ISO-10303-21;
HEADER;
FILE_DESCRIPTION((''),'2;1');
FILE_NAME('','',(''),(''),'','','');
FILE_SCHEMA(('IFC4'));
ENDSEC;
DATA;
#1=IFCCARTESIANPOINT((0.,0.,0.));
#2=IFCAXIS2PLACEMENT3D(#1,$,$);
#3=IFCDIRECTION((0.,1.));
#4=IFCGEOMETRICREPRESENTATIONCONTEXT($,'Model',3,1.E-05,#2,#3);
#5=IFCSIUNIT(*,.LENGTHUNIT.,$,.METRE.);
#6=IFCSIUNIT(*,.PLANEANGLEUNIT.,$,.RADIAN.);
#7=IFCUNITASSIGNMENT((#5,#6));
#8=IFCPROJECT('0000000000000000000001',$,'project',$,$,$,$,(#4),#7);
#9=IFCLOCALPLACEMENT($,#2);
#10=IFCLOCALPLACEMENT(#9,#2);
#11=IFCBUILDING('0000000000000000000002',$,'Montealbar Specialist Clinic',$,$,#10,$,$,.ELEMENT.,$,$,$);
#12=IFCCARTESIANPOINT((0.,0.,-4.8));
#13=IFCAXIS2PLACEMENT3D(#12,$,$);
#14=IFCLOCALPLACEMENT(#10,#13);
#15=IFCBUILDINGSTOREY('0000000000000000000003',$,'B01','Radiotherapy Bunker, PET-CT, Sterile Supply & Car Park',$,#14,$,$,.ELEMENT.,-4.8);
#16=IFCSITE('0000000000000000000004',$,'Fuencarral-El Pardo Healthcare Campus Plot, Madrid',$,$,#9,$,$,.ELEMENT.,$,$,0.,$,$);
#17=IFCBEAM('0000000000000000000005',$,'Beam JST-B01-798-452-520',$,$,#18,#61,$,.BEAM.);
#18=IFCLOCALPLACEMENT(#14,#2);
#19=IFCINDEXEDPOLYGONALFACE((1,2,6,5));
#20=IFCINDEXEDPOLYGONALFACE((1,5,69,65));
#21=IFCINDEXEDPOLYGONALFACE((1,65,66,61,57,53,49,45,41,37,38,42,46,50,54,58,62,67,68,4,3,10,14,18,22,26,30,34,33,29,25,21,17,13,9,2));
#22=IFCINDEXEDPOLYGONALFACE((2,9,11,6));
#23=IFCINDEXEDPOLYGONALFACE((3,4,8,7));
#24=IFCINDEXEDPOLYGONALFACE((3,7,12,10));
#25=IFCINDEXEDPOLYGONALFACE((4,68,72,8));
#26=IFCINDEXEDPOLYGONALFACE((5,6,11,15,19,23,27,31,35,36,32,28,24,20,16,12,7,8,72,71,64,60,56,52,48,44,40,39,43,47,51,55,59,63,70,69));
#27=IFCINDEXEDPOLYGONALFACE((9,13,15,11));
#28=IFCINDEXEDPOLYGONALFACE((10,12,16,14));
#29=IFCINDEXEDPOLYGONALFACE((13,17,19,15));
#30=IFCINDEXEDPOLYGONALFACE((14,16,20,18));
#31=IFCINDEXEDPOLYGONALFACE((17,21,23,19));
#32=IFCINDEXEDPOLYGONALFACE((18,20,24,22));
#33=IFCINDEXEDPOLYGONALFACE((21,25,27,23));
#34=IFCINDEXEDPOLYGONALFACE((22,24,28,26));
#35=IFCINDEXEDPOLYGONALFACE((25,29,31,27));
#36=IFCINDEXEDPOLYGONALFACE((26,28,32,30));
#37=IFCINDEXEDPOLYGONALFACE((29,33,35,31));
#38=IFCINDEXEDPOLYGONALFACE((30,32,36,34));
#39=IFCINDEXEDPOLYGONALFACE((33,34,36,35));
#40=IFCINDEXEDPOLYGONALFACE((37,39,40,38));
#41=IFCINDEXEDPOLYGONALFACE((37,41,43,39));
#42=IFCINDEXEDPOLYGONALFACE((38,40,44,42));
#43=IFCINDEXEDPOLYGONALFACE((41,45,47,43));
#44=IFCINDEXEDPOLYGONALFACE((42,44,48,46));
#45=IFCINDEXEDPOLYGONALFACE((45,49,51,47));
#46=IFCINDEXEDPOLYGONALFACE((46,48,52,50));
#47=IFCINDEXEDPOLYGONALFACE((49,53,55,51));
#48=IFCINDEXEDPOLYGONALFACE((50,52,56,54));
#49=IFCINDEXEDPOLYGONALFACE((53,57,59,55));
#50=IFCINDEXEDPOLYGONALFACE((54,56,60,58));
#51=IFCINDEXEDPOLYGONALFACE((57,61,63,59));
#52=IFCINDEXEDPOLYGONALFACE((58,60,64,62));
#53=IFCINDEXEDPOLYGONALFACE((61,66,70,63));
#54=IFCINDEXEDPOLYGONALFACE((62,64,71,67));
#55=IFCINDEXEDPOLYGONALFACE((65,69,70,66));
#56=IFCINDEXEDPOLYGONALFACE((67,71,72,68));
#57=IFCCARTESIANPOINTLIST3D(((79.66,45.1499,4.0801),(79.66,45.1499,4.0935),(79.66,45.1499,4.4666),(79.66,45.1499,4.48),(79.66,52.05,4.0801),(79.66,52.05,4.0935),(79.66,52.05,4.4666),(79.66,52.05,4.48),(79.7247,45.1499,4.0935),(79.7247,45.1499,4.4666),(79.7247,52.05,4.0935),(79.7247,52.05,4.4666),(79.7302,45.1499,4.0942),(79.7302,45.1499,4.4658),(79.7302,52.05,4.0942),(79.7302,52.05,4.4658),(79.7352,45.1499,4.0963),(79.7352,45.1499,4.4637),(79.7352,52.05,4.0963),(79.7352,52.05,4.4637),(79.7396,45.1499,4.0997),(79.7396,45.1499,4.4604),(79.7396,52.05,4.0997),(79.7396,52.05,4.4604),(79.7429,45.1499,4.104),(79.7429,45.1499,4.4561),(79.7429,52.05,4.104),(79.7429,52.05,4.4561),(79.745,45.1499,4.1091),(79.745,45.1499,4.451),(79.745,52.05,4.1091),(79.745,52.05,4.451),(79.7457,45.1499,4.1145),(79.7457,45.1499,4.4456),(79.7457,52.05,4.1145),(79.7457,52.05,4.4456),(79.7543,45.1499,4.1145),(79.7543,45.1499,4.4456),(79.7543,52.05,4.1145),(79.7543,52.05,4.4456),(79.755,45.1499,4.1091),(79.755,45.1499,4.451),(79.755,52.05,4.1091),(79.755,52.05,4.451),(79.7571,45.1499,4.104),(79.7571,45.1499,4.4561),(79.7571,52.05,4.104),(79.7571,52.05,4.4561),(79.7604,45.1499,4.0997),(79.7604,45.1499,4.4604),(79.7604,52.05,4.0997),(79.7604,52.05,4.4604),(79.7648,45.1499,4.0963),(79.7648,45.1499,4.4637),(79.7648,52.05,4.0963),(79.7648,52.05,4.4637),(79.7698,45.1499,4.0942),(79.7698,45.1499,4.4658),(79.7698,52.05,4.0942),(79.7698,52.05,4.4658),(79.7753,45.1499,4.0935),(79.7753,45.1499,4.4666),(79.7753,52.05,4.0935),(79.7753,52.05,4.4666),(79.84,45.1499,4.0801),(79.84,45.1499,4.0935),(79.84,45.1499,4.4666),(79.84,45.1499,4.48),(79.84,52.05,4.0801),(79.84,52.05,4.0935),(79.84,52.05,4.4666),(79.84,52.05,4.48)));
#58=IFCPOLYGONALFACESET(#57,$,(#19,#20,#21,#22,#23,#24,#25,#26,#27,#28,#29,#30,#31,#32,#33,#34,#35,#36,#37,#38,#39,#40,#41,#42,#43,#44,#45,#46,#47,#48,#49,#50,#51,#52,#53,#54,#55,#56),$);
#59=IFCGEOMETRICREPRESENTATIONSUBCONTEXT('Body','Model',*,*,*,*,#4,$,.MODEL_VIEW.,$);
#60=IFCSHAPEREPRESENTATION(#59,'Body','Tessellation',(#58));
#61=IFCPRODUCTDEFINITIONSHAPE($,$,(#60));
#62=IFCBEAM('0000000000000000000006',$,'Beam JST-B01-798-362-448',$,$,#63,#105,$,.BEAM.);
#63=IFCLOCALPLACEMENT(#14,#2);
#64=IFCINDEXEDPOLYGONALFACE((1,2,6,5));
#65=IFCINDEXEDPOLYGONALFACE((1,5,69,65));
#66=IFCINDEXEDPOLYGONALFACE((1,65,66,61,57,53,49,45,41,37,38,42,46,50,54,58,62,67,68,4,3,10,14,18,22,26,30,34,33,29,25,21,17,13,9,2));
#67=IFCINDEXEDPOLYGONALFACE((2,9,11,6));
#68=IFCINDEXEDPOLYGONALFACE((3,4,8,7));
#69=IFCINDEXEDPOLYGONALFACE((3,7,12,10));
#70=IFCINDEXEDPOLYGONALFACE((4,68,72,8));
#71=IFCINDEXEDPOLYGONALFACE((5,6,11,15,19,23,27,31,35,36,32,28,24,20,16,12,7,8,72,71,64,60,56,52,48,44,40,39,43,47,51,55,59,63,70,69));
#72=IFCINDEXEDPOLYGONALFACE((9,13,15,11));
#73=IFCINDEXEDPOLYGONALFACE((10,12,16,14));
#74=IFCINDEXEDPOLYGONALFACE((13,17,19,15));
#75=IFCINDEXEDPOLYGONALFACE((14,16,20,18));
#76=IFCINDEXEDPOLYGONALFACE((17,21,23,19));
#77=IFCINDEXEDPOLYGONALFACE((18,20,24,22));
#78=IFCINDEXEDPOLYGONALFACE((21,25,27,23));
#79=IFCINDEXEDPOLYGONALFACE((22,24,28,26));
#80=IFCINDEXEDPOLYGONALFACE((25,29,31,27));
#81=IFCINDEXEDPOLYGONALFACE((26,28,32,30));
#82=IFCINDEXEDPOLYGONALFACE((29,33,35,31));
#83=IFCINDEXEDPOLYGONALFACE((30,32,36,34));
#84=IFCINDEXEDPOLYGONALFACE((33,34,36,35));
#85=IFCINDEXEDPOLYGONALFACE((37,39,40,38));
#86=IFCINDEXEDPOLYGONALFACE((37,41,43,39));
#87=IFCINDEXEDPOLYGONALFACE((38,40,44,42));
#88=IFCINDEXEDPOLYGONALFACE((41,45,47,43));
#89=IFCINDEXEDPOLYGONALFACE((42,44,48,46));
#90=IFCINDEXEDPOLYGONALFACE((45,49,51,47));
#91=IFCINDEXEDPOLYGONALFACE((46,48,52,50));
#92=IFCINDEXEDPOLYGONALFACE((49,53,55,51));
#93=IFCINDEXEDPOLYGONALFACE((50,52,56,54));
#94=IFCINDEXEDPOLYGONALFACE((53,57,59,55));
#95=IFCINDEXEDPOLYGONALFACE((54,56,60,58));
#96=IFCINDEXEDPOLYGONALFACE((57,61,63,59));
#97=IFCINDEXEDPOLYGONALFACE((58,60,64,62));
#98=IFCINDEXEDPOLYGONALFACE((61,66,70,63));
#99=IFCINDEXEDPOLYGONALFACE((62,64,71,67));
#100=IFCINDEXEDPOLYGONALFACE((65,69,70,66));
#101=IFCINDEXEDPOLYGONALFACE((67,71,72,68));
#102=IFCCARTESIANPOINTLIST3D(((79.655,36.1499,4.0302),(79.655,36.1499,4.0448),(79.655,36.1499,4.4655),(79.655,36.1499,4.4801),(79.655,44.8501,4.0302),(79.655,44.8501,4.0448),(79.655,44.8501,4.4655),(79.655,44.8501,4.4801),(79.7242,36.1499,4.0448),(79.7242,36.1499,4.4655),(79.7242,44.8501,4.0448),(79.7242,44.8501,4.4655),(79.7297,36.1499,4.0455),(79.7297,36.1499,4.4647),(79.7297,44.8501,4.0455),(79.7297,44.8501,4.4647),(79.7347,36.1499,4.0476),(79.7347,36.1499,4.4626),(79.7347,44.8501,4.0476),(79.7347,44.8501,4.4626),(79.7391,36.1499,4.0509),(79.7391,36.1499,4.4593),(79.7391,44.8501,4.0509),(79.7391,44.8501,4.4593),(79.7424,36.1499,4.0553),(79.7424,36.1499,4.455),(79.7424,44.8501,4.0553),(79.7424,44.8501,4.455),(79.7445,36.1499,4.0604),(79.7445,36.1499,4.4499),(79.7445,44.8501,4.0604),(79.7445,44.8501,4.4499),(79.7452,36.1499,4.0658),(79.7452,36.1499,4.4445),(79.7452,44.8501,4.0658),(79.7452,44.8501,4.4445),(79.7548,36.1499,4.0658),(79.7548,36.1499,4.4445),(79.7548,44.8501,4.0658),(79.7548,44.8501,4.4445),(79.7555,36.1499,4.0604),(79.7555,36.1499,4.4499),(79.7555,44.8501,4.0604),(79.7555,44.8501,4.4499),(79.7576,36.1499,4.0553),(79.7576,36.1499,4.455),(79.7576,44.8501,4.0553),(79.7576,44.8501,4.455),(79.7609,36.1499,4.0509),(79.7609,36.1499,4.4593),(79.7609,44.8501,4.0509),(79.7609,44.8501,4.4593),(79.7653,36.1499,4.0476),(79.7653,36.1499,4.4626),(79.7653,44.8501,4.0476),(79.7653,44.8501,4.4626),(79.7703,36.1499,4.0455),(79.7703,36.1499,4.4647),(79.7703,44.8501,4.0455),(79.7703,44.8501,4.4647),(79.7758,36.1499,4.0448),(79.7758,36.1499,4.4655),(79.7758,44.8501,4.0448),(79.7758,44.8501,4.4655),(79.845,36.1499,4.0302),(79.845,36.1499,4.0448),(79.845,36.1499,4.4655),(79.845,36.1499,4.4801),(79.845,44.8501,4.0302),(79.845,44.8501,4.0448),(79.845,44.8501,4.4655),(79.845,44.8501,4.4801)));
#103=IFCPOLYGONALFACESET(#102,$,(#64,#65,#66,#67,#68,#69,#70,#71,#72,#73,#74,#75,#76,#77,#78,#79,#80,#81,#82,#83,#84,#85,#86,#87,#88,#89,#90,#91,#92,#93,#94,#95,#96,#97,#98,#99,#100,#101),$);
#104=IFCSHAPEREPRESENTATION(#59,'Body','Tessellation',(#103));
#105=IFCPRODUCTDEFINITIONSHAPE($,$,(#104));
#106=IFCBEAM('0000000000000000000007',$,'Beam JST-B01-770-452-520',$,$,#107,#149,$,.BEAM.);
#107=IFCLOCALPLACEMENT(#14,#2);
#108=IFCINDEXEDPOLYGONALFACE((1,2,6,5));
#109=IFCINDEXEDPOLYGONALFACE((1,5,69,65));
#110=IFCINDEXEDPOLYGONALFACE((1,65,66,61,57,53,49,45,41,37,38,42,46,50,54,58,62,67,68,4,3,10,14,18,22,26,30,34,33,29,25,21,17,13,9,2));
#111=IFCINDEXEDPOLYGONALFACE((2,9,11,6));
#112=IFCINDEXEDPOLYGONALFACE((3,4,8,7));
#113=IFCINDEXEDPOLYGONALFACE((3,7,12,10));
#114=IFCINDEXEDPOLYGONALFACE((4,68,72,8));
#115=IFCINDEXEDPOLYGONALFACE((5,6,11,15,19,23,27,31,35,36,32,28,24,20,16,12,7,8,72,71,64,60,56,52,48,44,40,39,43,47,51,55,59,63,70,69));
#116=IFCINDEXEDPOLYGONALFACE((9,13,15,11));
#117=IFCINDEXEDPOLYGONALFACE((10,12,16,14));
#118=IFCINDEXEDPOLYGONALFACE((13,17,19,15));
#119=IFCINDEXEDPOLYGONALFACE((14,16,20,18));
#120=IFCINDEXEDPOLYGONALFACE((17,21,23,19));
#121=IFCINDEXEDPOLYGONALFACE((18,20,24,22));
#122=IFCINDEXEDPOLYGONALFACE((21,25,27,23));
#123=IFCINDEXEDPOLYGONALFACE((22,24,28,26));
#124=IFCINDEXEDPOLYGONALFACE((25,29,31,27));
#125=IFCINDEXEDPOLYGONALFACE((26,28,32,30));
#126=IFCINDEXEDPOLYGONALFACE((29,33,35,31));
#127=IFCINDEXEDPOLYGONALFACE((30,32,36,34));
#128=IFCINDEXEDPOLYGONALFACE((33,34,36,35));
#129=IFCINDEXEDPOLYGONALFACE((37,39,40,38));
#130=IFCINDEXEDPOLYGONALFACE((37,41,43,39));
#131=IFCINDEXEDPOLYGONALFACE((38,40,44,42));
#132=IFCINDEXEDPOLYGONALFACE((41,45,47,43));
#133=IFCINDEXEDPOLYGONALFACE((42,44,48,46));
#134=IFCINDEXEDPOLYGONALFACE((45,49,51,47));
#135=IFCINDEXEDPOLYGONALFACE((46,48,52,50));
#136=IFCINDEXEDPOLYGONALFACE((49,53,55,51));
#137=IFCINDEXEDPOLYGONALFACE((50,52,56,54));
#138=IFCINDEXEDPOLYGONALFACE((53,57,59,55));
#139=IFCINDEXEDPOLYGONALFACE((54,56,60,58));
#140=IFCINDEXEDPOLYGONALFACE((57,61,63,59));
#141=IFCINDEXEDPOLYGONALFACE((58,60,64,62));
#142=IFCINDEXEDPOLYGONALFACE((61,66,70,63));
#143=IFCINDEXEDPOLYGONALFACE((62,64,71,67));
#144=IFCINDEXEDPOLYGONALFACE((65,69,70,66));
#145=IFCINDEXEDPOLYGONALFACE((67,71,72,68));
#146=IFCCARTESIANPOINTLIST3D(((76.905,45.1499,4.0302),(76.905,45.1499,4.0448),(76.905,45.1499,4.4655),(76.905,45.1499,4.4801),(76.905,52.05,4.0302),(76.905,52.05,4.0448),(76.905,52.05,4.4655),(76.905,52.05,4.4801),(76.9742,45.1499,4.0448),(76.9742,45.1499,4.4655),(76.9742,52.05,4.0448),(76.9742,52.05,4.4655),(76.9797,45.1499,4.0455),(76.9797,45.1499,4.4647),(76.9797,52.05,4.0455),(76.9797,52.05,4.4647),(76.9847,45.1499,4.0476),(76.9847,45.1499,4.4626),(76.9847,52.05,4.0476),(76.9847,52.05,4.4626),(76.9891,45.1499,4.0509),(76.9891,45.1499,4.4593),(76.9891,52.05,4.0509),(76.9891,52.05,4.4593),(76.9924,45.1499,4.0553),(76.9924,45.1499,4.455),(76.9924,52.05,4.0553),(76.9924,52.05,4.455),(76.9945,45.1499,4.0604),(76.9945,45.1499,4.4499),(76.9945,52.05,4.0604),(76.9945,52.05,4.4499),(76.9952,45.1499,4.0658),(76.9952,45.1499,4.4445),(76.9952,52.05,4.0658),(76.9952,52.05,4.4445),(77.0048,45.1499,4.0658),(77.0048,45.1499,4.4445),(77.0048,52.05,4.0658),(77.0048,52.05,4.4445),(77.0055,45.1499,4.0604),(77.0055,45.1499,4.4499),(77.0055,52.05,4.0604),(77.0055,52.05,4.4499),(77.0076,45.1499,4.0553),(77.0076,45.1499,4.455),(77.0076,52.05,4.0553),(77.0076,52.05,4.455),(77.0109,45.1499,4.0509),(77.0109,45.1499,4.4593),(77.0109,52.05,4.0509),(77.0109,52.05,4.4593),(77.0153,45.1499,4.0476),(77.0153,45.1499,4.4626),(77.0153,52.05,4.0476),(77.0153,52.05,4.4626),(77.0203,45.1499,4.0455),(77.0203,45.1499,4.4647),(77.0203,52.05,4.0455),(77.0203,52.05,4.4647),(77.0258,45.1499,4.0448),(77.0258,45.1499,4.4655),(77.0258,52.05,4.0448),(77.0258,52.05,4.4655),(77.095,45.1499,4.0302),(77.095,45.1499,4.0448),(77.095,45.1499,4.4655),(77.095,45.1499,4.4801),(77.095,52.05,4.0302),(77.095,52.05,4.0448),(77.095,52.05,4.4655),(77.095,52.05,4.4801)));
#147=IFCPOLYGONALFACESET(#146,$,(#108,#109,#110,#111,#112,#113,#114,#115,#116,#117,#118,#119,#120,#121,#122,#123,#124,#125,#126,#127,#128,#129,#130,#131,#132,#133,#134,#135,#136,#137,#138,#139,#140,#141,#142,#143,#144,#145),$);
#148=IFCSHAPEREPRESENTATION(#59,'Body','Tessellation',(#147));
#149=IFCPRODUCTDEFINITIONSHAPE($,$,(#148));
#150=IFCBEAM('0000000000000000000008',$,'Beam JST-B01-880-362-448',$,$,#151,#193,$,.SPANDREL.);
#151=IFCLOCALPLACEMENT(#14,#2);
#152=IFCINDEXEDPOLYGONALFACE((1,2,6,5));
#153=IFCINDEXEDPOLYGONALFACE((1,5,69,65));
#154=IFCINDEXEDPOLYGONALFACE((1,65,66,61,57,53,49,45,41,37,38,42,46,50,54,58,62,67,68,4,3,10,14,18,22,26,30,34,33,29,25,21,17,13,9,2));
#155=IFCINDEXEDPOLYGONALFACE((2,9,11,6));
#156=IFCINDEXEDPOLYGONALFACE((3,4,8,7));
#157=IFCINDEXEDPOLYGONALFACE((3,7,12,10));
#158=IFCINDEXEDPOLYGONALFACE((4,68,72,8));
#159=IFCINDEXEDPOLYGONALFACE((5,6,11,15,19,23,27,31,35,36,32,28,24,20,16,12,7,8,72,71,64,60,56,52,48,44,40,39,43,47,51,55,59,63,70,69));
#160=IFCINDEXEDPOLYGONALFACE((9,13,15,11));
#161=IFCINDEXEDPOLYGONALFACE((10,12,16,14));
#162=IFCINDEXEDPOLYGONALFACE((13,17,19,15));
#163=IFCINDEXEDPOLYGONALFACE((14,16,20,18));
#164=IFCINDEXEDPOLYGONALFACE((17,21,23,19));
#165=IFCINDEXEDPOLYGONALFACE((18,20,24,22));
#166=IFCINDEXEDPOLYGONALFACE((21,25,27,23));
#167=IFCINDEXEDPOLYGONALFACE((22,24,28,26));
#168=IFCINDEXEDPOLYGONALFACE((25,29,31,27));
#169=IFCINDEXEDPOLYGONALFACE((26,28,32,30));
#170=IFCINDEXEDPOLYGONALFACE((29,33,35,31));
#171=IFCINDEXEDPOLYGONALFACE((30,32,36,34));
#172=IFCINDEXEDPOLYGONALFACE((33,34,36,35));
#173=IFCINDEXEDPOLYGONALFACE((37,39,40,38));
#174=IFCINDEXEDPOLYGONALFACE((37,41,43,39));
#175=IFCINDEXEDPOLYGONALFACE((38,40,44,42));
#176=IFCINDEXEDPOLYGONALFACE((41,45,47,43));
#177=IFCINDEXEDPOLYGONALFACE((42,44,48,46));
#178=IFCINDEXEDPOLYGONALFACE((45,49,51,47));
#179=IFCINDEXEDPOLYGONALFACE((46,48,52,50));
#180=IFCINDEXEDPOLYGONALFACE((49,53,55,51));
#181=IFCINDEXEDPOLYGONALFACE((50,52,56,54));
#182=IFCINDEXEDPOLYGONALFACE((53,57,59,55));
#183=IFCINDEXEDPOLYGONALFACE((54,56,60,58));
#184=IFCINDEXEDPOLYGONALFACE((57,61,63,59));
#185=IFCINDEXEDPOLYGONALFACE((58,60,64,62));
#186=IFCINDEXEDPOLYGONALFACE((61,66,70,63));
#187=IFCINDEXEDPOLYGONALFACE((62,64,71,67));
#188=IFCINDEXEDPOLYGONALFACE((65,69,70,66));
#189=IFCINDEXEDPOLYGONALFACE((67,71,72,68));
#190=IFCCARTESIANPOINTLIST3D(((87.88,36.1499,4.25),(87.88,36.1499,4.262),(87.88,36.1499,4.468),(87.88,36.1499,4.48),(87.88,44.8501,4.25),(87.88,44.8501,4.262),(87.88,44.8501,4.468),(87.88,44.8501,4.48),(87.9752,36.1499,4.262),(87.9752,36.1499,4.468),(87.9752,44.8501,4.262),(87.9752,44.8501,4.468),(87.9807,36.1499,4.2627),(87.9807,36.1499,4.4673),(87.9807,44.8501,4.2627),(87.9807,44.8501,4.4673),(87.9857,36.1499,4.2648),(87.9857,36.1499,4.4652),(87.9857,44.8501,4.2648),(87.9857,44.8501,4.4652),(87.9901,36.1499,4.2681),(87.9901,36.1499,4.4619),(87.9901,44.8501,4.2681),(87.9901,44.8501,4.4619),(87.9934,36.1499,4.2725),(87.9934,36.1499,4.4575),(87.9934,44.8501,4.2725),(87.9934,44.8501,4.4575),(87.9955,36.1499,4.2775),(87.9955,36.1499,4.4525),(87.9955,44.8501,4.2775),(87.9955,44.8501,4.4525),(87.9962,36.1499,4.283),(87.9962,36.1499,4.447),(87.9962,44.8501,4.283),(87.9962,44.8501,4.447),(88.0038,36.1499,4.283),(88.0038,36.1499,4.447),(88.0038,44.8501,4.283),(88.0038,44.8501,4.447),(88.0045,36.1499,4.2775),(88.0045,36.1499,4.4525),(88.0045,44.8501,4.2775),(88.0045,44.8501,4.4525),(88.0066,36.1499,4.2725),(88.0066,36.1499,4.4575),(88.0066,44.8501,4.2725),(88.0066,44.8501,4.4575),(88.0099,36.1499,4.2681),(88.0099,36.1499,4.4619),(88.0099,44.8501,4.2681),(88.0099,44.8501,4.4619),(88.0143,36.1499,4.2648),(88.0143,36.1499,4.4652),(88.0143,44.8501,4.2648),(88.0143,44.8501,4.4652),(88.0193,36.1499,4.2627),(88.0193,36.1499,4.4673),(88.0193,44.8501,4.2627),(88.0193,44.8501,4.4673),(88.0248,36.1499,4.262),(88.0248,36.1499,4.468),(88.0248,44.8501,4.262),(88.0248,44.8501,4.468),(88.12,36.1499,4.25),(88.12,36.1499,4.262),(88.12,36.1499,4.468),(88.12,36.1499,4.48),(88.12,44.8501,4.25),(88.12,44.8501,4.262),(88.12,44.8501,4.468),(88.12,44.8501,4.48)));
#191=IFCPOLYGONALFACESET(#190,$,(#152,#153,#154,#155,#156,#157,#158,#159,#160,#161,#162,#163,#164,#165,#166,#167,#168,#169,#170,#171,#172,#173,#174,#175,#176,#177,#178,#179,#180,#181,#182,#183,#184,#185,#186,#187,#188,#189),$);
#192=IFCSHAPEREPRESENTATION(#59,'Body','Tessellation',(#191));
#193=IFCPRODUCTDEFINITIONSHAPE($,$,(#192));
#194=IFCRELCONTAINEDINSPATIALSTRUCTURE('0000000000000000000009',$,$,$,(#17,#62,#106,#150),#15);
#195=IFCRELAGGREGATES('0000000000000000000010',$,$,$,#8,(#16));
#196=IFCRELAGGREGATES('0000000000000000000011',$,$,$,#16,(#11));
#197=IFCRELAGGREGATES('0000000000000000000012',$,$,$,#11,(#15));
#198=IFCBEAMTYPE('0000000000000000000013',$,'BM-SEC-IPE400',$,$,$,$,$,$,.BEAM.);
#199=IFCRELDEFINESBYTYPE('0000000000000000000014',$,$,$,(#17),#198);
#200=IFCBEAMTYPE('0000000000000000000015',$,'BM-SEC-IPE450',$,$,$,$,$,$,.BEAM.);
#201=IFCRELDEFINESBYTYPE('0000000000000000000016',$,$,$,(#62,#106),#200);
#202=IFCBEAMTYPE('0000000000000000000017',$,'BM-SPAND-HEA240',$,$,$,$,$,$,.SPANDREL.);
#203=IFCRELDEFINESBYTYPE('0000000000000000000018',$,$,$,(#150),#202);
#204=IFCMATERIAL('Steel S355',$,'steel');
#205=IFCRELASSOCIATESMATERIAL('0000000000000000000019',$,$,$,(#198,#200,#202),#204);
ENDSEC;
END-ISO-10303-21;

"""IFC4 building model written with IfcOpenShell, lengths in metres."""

from ifc_helpers import new_model, si_unit, direction, frame, origin, origin_2d, place, context, subcontext, project, spatial, i_section, extrude, material, material_profile, profile_set, type_object, element, save


model = new_model("IFC4")

# Units and contexts
model_context = context("Model", 3, precision=1e-05, world=origin(), true_north=direction((0.0, 1.0)))
body_context = subcontext(model_context, "Body", "Model", "MODEL_VIEW")
ifc_project = project(units=[si_unit("LENGTHUNIT", "METRE"), si_unit("PLANEANGLEUNIT", "RADIAN")], contexts=[model_context])

# Site, building, storey
site_placement = place(None, origin())
site = spatial("IfcSite", under=ifc_project, at=site_placement, Name="Fuencarral-El Pardo Healthcare Campus Plot, Madrid", CompositionType="ELEMENT", RefElevation=0.0)
building_placement = place(site_placement, origin())
building = spatial("IfcBuilding", under=site, at=building_placement, Name="Montealbar Specialist Clinic", CompositionType="ELEMENT")
storey_placement = place(building_placement, frame((0.0, 0.0, -4.8)))
storey = spatial("IfcBuildingStorey", under=building, at=storey_placement, Name="B01", Description="Radiotherapy Bunker, PET-CT, Sterile Supply & Car Park", CompositionType="ELEMENT", Elevation=-4.8)

# Shared definitions
ifc_material_1 = material(Name="Steel S355", Category="steel")

# Beams
ifc_material_profile_1 = material_profile(ifc_material_1, i_section(OverallWidth=0.1799, OverallDepth=0.3999, WebThickness=0.0085, FlangeThickness=0.0134, FilletRadius=0.021, at=origin_2d()), Name="IPE 400", Category="steel")
ifc_profile_set_1 = profile_set([ifc_material_profile_1], Name="Steel S355")
beam_type_1 = type_object("IfcBeamType", Name="BM-SEC-IPE400", PredefinedType="BEAM", material=ifc_profile_set_1)
beam_1_placement = place(storey_placement, frame((79.75, 45.1499, 4.28), z_axis=(0.0, 1.0, 0.0), x_axis=(-1.0, 0.0, 0.0)))
element("IfcBeam", 1, at=beam_1_placement, inside=storey, type_object=beam_type_1, Name="Beam JST-B01-798-452-520", PredefinedType="BEAM", context=body_context, shape_type="SweptSolid", body=[
    extrude(i_section(OverallWidth=0.1799, OverallDepth=0.3999, WebThickness=0.0085, FlangeThickness=0.0134, FilletRadius=0.021, at=origin_2d()), origin(), (0.0, 0.0, 1.0), 6.9001),
])
ifc_material_profile_2 = material_profile(ifc_material_1, i_section(OverallWidth=0.1899, OverallDepth=0.45, WebThickness=0.0095, FlangeThickness=0.0146, FilletRadius=0.021, at=origin_2d()), Name="IPE 450", Category="steel")
ifc_profile_set_2 = profile_set([ifc_material_profile_2], Name="Steel S355")
beam_type_2 = type_object("IfcBeamType", Name="BM-SEC-IPE450", PredefinedType="BEAM", material=ifc_profile_set_2)
beam_2_placement = place(storey_placement, frame((79.75, 36.1499, 4.2551), z_axis=(0.0, 1.0, 0.0), x_axis=(-1.0, 0.0, 0.0)))
element("IfcBeam", 2, at=beam_2_placement, inside=storey, type_object=beam_type_2, Name="Beam JST-B01-798-362-448", PredefinedType="BEAM", context=body_context, shape_type="SweptSolid", body=[
    extrude(i_section(OverallWidth=0.1899, OverallDepth=0.45, WebThickness=0.0095, FlangeThickness=0.0146, FilletRadius=0.021, at=origin_2d()), origin(), (0.0, 0.0, 1.0), 8.7002),
])
beam_3_placement = place(storey_placement, frame((77.0, 45.1499, 4.2551), z_axis=(0.0, 1.0, 0.0), x_axis=(-1.0, 0.0, 0.0)))
element("IfcBeam", 3, at=beam_3_placement, inside=storey, type_object=beam_type_2, Name="Beam JST-B01-770-452-520", PredefinedType="BEAM", context=body_context, shape_type="SweptSolid", body=[
    extrude(i_section(OverallWidth=0.1899, OverallDepth=0.45, WebThickness=0.0095, FlangeThickness=0.0146, FilletRadius=0.021, at=origin_2d()), origin(), (0.0, 0.0, 1.0), 6.9001),
])
ifc_material_profile_3 = material_profile(ifc_material_1, i_section(OverallWidth=0.24, OverallDepth=0.23, WebThickness=0.0076, FlangeThickness=0.012, FilletRadius=0.021, at=origin_2d()), Name="HEA 240", Category="steel")
ifc_profile_set_3 = profile_set([ifc_material_profile_3], Name="Steel S355")
beam_type_3 = type_object("IfcBeamType", Name="BM-SPAND-HEA240", PredefinedType="SPANDREL", material=ifc_profile_set_3)
beam_4_placement = place(storey_placement, frame((88.0, 36.1499, 4.365), z_axis=(0.0, 1.0, 0.0), x_axis=(-1.0, 0.0, 0.0)))
element("IfcBeam", 4, at=beam_4_placement, inside=storey, type_object=beam_type_3, Name="Beam JST-B01-880-362-448", PredefinedType="SPANDREL", context=body_context, shape_type="SweptSolid", body=[
    extrude(i_section(OverallWidth=0.24, OverallDepth=0.23, WebThickness=0.0076, FlangeThickness=0.012, FilletRadius=0.021, at=origin_2d()), origin(), (0.0, 0.0, 1.0), 8.7002),
])

save(model, "model.ifc")
